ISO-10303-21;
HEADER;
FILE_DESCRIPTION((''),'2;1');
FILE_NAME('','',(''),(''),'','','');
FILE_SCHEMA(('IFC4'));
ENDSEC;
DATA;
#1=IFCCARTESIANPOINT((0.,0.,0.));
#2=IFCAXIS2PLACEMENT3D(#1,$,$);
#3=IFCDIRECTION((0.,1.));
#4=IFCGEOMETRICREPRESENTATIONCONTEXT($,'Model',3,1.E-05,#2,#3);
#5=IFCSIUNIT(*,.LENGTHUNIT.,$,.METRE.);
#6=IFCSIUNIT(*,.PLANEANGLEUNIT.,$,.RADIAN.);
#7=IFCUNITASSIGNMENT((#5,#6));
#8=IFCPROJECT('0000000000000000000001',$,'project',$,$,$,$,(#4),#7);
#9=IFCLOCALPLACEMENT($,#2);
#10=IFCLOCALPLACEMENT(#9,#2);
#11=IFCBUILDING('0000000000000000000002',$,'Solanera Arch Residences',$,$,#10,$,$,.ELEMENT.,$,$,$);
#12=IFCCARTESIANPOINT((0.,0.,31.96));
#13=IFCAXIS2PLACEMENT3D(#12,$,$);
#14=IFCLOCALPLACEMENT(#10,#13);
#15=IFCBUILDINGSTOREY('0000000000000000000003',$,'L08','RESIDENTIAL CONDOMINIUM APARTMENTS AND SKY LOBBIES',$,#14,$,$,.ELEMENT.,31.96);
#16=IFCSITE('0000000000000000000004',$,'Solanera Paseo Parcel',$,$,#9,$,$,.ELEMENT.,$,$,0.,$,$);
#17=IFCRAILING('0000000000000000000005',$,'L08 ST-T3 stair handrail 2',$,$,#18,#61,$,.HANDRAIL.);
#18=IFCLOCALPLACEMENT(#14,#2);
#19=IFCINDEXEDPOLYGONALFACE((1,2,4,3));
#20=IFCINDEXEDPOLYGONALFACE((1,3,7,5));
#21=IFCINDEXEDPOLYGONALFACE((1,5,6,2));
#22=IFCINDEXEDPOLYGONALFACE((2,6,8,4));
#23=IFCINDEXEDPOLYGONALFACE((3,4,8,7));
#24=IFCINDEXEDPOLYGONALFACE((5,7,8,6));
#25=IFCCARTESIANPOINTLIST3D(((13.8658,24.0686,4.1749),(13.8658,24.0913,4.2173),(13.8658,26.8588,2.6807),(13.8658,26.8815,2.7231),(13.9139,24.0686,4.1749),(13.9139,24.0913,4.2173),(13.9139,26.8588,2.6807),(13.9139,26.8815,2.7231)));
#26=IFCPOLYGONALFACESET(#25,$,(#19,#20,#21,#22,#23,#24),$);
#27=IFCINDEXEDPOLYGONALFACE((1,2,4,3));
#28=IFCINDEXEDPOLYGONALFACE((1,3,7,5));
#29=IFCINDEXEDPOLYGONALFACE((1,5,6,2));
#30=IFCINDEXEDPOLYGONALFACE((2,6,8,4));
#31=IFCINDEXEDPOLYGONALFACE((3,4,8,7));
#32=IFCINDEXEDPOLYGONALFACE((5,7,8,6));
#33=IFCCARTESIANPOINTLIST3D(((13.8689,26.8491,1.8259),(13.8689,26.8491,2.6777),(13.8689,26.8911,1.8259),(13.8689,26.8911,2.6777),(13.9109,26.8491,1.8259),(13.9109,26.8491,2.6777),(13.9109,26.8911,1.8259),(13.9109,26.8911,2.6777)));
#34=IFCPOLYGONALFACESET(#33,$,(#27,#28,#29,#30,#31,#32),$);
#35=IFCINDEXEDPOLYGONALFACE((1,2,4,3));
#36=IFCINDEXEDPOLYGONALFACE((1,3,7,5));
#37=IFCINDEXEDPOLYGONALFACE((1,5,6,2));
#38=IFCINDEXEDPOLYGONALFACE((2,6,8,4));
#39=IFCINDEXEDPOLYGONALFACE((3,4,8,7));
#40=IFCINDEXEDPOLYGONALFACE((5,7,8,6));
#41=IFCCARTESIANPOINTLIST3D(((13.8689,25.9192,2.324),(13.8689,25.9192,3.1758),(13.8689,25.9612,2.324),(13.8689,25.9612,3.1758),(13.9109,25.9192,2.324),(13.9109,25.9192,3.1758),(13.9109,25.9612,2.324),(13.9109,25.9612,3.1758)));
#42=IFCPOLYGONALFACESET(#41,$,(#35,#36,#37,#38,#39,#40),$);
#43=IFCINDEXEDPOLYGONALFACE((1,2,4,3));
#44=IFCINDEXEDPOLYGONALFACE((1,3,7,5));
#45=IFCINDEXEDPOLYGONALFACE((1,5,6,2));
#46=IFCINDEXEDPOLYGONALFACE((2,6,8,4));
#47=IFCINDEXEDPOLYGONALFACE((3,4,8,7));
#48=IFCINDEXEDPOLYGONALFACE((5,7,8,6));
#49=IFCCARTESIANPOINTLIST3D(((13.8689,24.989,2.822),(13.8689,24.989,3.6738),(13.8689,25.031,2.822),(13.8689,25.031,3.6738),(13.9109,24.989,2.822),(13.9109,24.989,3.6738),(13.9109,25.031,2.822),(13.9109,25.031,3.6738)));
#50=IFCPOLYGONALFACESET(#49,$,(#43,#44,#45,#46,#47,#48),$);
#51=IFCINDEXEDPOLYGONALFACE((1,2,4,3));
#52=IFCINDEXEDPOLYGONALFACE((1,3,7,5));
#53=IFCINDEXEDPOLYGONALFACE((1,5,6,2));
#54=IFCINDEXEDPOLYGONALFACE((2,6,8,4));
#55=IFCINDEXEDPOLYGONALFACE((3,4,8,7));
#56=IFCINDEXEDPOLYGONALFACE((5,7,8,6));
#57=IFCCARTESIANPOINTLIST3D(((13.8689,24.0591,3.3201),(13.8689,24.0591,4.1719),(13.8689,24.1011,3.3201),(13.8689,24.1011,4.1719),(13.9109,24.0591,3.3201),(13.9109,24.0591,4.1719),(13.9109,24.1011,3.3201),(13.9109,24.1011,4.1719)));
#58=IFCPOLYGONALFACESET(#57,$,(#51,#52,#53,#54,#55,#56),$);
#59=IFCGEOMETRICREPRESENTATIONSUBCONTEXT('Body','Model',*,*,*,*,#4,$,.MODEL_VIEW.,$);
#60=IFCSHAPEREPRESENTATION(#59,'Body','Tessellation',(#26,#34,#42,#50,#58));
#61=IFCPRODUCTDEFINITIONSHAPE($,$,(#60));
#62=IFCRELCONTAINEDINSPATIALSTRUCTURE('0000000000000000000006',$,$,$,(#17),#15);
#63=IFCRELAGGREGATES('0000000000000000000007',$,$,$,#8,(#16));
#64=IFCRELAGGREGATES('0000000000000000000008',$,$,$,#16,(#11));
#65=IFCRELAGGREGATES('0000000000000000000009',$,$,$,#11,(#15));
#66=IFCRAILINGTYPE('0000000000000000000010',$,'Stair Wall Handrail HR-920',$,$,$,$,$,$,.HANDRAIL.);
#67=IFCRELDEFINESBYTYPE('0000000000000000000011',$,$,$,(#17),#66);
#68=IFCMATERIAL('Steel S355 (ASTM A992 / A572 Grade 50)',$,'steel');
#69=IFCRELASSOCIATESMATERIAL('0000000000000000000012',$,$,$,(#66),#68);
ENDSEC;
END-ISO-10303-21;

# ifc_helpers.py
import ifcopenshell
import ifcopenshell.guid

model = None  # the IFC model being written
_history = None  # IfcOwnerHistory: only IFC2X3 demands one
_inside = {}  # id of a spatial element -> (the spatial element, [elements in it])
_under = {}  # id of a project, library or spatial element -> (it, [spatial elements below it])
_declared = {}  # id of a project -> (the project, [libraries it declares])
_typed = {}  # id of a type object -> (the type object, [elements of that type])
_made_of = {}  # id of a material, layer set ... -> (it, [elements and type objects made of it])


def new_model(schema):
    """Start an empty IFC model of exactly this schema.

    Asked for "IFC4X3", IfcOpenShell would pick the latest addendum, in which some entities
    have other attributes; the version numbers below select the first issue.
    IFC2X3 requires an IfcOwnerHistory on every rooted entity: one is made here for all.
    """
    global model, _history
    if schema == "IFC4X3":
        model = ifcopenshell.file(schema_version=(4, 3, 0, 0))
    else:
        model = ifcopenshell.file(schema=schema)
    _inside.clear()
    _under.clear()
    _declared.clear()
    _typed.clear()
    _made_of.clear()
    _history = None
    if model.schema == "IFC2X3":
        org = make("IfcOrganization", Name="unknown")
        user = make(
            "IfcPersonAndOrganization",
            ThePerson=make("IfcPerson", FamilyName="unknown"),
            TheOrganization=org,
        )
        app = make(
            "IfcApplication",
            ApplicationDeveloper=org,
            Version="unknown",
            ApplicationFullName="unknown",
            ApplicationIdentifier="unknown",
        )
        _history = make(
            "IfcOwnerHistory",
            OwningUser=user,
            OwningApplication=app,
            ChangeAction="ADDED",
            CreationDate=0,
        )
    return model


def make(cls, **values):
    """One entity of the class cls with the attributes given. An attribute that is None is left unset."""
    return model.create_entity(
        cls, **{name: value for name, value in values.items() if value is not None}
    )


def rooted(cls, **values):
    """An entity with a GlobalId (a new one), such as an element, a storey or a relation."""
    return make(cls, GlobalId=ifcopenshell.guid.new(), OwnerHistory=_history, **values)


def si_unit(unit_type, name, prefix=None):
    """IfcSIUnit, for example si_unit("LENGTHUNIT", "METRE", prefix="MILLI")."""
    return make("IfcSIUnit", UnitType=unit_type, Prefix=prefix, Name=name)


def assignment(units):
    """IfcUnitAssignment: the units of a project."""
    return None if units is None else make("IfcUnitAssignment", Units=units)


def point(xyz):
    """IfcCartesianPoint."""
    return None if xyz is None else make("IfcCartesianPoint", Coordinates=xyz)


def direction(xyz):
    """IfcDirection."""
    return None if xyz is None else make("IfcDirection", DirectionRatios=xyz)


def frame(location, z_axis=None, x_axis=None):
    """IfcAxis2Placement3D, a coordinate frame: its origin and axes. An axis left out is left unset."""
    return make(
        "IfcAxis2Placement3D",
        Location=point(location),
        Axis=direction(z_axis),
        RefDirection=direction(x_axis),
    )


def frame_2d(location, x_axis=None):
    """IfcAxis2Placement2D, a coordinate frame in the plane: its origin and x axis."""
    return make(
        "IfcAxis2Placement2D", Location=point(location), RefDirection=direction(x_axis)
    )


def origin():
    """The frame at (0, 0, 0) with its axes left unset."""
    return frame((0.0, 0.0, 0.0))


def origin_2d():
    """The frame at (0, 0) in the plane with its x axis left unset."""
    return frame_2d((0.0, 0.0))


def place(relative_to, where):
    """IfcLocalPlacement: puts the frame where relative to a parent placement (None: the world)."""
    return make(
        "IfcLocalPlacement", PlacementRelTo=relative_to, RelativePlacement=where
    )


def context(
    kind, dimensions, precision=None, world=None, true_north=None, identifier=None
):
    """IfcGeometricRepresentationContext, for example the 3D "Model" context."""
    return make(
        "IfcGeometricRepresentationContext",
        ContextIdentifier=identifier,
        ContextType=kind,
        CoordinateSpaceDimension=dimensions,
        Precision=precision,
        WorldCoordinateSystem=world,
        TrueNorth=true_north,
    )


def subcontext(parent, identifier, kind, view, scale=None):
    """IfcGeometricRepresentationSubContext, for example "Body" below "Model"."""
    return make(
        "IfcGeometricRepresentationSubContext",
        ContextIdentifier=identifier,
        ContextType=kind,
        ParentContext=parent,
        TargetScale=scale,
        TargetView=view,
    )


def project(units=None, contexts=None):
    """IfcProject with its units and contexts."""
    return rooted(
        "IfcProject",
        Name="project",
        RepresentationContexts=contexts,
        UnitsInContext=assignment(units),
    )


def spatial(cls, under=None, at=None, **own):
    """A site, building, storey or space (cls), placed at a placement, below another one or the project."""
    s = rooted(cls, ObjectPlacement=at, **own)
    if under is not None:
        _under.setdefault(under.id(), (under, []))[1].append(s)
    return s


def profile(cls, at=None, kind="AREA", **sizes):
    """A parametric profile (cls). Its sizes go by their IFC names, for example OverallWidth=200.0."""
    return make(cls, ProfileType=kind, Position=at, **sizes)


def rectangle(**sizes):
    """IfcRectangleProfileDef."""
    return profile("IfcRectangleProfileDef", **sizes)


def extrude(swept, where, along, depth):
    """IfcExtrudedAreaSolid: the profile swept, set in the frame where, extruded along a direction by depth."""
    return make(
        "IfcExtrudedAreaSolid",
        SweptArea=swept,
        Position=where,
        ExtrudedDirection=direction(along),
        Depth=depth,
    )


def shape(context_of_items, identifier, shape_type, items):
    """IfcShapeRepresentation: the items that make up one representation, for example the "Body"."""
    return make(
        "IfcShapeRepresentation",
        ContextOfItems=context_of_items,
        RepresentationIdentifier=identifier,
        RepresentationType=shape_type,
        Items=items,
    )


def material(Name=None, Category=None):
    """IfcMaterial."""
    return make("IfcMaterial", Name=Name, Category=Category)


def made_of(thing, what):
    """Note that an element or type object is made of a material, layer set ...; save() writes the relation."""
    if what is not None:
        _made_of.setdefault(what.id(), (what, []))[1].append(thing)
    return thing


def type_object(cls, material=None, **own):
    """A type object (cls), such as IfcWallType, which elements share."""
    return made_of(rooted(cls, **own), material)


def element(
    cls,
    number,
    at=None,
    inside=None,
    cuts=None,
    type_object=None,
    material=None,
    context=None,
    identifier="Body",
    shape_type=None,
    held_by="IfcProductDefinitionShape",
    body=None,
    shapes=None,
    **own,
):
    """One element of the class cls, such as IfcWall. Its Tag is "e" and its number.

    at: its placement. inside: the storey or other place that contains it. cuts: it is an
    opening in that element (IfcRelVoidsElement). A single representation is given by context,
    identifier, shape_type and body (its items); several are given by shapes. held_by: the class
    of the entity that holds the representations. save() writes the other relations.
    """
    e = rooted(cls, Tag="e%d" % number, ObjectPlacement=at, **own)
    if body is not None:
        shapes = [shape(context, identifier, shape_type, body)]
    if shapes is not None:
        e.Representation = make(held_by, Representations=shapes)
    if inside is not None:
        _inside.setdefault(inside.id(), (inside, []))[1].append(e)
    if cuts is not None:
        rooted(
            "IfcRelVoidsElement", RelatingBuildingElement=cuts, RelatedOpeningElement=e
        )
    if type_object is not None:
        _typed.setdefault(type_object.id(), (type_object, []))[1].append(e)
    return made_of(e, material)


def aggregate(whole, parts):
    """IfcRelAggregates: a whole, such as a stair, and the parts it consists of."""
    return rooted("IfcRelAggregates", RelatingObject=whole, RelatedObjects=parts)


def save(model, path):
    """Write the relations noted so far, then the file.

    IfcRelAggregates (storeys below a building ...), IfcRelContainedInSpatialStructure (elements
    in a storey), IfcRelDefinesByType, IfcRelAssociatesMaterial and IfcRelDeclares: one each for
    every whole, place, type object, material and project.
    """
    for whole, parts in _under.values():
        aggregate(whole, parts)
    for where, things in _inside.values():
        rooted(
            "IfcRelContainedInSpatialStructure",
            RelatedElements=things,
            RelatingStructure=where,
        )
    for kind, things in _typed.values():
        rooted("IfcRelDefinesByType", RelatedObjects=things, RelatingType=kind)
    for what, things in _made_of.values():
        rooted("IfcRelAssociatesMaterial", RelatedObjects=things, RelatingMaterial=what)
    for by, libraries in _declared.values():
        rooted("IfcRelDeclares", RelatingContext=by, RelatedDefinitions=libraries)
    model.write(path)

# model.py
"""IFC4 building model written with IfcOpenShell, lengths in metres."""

from ifc_helpers import new_model, si_unit, direction, frame, origin, origin_2d, place, context, subcontext, project, spatial, rectangle, extrude, material, type_object, element, save


model = new_model("IFC4")

# Units and contexts
model_context = context("Model", 3, precision=1e-05, world=origin(), true_north=direction((0.0, 1.0)))
body_context = subcontext(model_context, "Body", "Model", "MODEL_VIEW")
ifc_project = project(units=[si_unit("LENGTHUNIT", "METRE"), si_unit("PLANEANGLEUNIT", "RADIAN")], contexts=[model_context])

# Site, building, storey
site_placement = place(None, origin())
site = spatial("IfcSite", under=ifc_project, at=site_placement, Name="Solanera Paseo Parcel", CompositionType="ELEMENT", RefElevation=0.0)
building_placement = place(site_placement, origin())
building = spatial("IfcBuilding", under=site, at=building_placement, Name="Solanera Arch Residences", CompositionType="ELEMENT")
storey_placement = place(building_placement, frame((0.0, 0.0, 31.96)))
storey = spatial("IfcBuildingStorey", under=building, at=storey_placement, Name="L08", Description="RESIDENTIAL CONDOMINIUM APARTMENTS AND SKY LOBBIES", CompositionType="ELEMENT", Elevation=31.96)

# Railing
ifc_material_1 = material(Name="Steel S355 (ASTM A992 / A572 Grade 50)", Category="steel")
railing_type_1 = type_object("IfcRailingType", Name="Stair Wall Handrail HR-920", PredefinedType="HANDRAIL", material=ifc_material_1)
railing_1_placement = place(storey_placement, frame((13.8899, 26.8701, 1.8259)))
element("IfcRailing", 1, at=railing_1_placement, inside=storey, type_object=railing_type_1, Name="L08 ST-T3 stair handrail 2", PredefinedType="HANDRAIL", context=body_context, shape_type="SweptSolid", body=[
    extrude(rectangle(XDim=0.0481, YDim=0.0481, at=origin_2d()), frame((0.0, 0.0, 0.876), z_axis=(0.0, -0.881549, 0.472093), x_axis=(1.0, 0.0, 0.0)), (0.0, 0.0, 1.0), 3.165),
    extrude(rectangle(XDim=0.042, YDim=0.042, at=origin_2d()), origin(), (0.0, 0.0, 1.0), 0.8518),
    extrude(rectangle(XDim=0.042, YDim=0.042, at=origin_2d()), frame((0.0, -0.9299, 0.498)), (0.0, 0.0, 1.0), 0.8518),
    extrude(rectangle(XDim=0.042, YDim=0.042, at=origin_2d()), frame((0.0, -1.8601, 0.9961)), (0.0, 0.0, 1.0), 0.8518),
    extrude(rectangle(XDim=0.042, YDim=0.042, at=origin_2d()), frame((0.0, -2.79, 1.4941)), (0.0, 0.0, 1.0), 0.8518),
])

save(model, "model.ifc")
